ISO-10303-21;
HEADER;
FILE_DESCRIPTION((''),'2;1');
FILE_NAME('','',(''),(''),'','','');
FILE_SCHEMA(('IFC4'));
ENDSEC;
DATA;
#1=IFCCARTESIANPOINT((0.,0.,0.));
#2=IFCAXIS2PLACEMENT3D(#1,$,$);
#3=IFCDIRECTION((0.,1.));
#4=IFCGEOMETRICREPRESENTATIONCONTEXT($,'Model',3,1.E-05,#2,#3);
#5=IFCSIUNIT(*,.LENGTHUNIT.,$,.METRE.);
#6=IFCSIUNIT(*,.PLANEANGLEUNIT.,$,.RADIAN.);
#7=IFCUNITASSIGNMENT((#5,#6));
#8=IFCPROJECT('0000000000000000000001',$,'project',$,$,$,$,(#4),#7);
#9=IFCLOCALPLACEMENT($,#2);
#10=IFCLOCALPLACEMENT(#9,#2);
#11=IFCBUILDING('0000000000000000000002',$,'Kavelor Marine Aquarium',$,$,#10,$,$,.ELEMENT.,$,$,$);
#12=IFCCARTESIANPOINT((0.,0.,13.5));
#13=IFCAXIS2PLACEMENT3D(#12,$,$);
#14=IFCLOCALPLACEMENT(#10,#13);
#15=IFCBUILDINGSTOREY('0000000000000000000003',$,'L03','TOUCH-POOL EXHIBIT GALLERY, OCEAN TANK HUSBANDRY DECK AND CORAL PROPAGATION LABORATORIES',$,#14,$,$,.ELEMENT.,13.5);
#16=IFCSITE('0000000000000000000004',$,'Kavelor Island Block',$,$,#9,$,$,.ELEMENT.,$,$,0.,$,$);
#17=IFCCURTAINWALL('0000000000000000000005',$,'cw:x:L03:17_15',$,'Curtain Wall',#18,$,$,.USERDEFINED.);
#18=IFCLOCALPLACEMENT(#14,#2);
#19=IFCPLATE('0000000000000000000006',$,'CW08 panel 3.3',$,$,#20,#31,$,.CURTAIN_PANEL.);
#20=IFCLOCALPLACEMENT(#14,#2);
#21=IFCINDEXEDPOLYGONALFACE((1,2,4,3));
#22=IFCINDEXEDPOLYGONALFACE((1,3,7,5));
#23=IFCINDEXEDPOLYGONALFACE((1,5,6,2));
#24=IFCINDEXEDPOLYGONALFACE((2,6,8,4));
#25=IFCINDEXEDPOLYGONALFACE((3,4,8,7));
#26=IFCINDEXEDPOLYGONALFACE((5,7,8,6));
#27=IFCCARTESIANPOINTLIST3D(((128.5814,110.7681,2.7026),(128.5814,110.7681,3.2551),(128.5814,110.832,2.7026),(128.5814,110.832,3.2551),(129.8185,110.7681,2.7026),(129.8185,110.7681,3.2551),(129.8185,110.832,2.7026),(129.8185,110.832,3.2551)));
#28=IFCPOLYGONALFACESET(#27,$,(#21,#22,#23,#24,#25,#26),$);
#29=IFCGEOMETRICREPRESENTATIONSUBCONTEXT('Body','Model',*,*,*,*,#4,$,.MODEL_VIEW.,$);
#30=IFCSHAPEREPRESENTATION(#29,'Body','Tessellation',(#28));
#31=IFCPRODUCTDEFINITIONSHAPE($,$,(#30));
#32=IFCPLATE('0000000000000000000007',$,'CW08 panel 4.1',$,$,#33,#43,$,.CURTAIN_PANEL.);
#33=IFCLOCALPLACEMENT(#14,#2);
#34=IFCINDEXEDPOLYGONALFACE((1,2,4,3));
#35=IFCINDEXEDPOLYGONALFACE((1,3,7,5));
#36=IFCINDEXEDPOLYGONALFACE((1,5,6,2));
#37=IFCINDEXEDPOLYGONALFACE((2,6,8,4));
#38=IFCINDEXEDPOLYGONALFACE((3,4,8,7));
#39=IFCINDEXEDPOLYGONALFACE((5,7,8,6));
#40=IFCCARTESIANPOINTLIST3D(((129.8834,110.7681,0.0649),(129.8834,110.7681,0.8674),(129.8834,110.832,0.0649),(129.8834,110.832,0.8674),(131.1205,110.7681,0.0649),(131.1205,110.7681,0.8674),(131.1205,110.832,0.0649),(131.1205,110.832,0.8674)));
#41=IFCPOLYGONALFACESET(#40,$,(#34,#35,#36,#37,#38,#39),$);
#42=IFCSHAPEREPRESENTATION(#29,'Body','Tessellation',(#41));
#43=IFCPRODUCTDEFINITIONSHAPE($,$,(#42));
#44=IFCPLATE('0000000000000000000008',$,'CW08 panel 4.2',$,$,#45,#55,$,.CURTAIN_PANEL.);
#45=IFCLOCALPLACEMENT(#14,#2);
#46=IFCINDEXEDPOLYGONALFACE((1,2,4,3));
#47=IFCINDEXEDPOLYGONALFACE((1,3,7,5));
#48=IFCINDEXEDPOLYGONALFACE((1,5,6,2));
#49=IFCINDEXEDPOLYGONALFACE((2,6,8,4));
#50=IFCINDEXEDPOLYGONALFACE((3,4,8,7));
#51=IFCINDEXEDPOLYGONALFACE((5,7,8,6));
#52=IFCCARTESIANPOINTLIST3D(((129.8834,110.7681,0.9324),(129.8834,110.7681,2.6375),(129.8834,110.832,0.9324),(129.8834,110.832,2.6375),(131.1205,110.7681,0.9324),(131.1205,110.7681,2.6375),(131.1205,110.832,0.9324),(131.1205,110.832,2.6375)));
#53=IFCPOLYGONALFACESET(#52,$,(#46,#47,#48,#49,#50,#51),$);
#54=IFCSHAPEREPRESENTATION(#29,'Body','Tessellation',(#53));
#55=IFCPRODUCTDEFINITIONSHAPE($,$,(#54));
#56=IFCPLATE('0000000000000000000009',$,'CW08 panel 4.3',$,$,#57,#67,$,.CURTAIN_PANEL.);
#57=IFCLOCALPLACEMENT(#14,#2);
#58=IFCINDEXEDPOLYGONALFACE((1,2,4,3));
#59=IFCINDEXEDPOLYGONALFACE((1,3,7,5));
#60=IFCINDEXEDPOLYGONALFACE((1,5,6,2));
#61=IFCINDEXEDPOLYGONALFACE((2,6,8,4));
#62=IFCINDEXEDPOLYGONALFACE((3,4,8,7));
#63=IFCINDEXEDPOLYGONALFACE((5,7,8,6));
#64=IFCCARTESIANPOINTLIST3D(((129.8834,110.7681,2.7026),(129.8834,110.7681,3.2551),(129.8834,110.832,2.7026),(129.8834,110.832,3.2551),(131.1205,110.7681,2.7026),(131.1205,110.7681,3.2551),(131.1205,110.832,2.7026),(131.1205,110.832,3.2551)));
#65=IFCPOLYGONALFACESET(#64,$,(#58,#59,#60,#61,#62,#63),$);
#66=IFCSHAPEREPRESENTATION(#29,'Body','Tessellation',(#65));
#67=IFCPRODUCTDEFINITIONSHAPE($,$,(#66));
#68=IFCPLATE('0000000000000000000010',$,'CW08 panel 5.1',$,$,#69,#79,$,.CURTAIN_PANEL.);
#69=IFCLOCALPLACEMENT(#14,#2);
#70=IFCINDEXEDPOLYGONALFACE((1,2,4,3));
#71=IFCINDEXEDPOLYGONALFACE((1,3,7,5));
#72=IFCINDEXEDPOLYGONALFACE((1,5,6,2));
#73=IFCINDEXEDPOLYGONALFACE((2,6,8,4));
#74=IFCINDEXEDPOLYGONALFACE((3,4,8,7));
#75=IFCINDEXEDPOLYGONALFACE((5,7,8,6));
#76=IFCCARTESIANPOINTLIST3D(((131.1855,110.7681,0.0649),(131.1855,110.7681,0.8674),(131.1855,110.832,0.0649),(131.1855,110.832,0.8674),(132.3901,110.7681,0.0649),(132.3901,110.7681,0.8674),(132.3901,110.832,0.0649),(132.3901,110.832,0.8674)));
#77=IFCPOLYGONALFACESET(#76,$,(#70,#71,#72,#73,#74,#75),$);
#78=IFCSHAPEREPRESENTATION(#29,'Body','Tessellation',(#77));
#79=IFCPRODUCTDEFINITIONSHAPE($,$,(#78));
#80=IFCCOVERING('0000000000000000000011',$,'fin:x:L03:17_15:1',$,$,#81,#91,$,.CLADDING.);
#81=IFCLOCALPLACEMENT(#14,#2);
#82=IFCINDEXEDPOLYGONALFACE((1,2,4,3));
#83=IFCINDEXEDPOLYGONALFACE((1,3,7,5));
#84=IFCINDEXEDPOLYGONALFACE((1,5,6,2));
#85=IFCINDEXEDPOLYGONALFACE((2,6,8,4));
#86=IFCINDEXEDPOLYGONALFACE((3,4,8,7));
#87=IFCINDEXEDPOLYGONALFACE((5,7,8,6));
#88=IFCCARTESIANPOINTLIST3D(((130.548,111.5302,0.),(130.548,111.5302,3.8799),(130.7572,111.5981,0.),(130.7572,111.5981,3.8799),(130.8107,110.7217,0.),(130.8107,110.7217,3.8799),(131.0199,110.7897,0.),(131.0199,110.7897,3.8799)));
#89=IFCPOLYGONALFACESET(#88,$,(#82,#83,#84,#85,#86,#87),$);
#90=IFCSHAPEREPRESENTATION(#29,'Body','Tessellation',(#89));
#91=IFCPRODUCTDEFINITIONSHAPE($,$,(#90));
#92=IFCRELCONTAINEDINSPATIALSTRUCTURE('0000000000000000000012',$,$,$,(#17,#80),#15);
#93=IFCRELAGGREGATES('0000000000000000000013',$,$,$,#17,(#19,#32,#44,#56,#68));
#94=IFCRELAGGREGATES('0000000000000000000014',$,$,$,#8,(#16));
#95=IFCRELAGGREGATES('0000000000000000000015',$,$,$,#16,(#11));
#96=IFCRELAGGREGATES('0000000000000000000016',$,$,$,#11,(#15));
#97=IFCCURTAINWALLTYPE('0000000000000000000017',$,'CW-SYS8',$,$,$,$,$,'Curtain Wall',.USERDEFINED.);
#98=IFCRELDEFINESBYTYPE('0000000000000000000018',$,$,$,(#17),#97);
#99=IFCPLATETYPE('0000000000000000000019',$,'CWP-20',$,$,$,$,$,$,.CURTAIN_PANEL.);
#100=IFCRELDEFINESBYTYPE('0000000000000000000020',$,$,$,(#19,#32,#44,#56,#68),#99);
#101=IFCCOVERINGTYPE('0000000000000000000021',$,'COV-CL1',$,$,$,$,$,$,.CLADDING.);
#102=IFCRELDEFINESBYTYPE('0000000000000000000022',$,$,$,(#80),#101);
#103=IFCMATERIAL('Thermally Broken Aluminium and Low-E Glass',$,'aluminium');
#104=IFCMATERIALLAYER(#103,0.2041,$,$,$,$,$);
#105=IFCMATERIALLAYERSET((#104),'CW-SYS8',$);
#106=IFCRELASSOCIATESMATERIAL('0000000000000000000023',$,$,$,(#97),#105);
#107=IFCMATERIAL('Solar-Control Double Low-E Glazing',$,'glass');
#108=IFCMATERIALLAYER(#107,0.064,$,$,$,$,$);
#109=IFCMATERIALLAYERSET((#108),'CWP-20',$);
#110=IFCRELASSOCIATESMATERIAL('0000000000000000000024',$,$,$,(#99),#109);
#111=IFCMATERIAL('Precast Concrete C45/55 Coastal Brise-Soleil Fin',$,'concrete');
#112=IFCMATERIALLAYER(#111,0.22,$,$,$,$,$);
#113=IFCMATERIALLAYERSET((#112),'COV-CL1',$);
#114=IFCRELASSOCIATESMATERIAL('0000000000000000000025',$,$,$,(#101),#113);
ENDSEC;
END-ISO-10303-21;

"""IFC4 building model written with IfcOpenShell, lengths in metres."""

from ifc_helpers import new_model, si_unit, direction, frame, origin, origin_2d, place, context, subcontext, project, spatial, rectangle, extrude, material, layer, layer_set, type_object, element, aggregate, save


model = new_model("IFC4")

# Units and contexts
model_context = context("Model", 3, precision=1e-05, world=origin(), true_north=direction((0.0, 1.0)))
body_context = subcontext(model_context, "Body", "Model", "MODEL_VIEW")
ifc_project = project(units=[si_unit("LENGTHUNIT", "METRE"), si_unit("PLANEANGLEUNIT", "RADIAN")], contexts=[model_context])

# Site, building, storey
site_placement = place(None, origin())
site = spatial("IfcSite", under=ifc_project, at=site_placement, Name="Kavelor Island Block", CompositionType="ELEMENT", RefElevation=0.0)
building_placement = place(site_placement, origin())
building = spatial("IfcBuilding", under=site, at=building_placement, Name="Kavelor Marine Aquarium", CompositionType="ELEMENT")
storey_placement = place(building_placement, frame((0.0, 0.0, 13.5)))
storey = spatial("IfcBuildingStorey", under=building, at=storey_placement, Name="L03", Description="TOUCH-POOL EXHIBIT GALLERY, OCEAN TANK HUSBANDRY DECK AND CORAL PROPAGATION LABORATORIES", CompositionType="ELEMENT", Elevation=13.5)

# Curtain wall, plates
ifc_material_1 = material(Name="Thermally Broken Aluminium and Low-E Glass", Category="aluminium")
ifc_layer_1 = layer(ifc_material_1, 0.2041)
ifc_layer_set_1 = layer_set([ifc_layer_1], Name="CW-SYS8")
curtain_wall_type = type_object("IfcCurtainWallType", Name="CW-SYS8", ElementType="Curtain Wall", PredefinedType="USERDEFINED", material=ifc_layer_set_1)
curtain_wall_placement = place(storey_placement, origin())
curtain_wall = element("IfcCurtainWall", 1, at=curtain_wall_placement, inside=storey, type_object=curtain_wall_type, Name="cw:x:L03:17_15", ObjectType="Curtain Wall", PredefinedType="USERDEFINED")
ifc_material_2 = material(Name="Solar-Control Double Low-E Glazing", Category="glass")
ifc_layer_2 = layer(ifc_material_2, 0.064)
ifc_layer_set_2 = layer_set([ifc_layer_2], Name="CWP-20")
plate_type = type_object("IfcPlateType", Name="CWP-20", PredefinedType="CURTAIN_PANEL", material=ifc_layer_set_2)
plate_1_placement = place(storey_placement, frame((129.2, 110.8, 2.7026), z_axis=(0.0, 0.0, 1.0), x_axis=(1.0, 0.0, 0.0)))
plate_1 = element("IfcPlate", 2, at=plate_1_placement, type_object=plate_type, Name="CW08 panel 3.3", PredefinedType="CURTAIN_PANEL", context=body_context, shape_type="SweptSolid", body=[
    extrude(rectangle(XDim=1.2371, YDim=0.064, at=origin_2d()), origin(), (0.0, 0.0, 1.0), 0.5525),
])
plate_2_placement = place(storey_placement, frame((130.502, 110.8, 0.0649), z_axis=(0.0, 0.0, 1.0), x_axis=(1.0, 0.0, 0.0)))
plate_2 = element("IfcPlate", 3, at=plate_2_placement, type_object=plate_type, Name="CW08 panel 4.1", PredefinedType="CURTAIN_PANEL", context=body_context, shape_type="SweptSolid", body=[
    extrude(rectangle(XDim=1.2371, YDim=0.064, at=origin_2d()), origin(), (0.0, 0.0, 1.0), 0.8025),
])
plate_3_placement = place(storey_placement, frame((130.502, 110.8, 0.9324), z_axis=(0.0, 0.0, 1.0), x_axis=(1.0, 0.0, 0.0)))
plate_3 = element("IfcPlate", 4, at=plate_3_placement, type_object=plate_type, Name="CW08 panel 4.2", PredefinedType="CURTAIN_PANEL", context=body_context, shape_type="SweptSolid", body=[
    extrude(rectangle(XDim=1.2371, YDim=0.064, at=origin_2d()), origin(), (0.0, 0.0, 1.0), 1.7051),
])
plate_4_placement = place(storey_placement, frame((130.502, 110.8, 2.7026), z_axis=(0.0, 0.0, 1.0), x_axis=(1.0, 0.0, 0.0)))
plate_4 = element("IfcPlate", 5, at=plate_4_placement, type_object=plate_type, Name="CW08 panel 4.3", PredefinedType="CURTAIN_PANEL", context=body_context, shape_type="SweptSolid", body=[
    extrude(rectangle(XDim=1.2371, YDim=0.064, at=origin_2d()), origin(), (0.0, 0.0, 1.0), 0.5525),
])
plate_5_placement = place(storey_placement, frame((131.7878, 110.8, 0.0649), z_axis=(0.0, 0.0, 1.0), x_axis=(1.0, 0.0, 0.0)))
plate_5 = element("IfcPlate", 6, at=plate_5_placement, type_object=plate_type, Name="CW08 panel 5.1", PredefinedType="CURTAIN_PANEL", context=body_context, shape_type="SweptSolid", body=[
    extrude(rectangle(XDim=1.2046, YDim=0.064, at=origin_2d()), origin(), (0.0, 0.0, 1.0), 0.8025),
])
aggregate(curtain_wall, [plate_1, plate_2, plate_3, plate_4, plate_5])

# Covering
ifc_material_3 = material(Name="Precast Concrete C45/55 Coastal Brise-Soleil Fin", Category="concrete")
ifc_layer_3 = layer(ifc_material_3, 0.22)
ifc_layer_set_3 = layer_set([ifc_layer_3], Name="COV-CL1")
covering_type = type_object("IfcCoveringType", Name="COV-CL1", PredefinedType="CLADDING", material=ifc_layer_set_3)
covering_placement = place(storey_placement, frame((130.7839, 111.1599, 0.0), z_axis=(0.0, 0.0, 1.0), x_axis=(0.951057, 0.309017, 0.0)))
element("IfcCovering", 7, at=covering_placement, inside=storey, type_object=covering_type, Name="fin:x:L03:17_15:1", PredefinedType="CLADDING", context=body_context, shape_type="SweptSolid", body=[
    extrude(rectangle(XDim=0.22, YDim=0.8501, at=origin_2d()), origin(), (0.0, 0.0, 1.0), 3.8799),
])

save(model, "model.ifc")
